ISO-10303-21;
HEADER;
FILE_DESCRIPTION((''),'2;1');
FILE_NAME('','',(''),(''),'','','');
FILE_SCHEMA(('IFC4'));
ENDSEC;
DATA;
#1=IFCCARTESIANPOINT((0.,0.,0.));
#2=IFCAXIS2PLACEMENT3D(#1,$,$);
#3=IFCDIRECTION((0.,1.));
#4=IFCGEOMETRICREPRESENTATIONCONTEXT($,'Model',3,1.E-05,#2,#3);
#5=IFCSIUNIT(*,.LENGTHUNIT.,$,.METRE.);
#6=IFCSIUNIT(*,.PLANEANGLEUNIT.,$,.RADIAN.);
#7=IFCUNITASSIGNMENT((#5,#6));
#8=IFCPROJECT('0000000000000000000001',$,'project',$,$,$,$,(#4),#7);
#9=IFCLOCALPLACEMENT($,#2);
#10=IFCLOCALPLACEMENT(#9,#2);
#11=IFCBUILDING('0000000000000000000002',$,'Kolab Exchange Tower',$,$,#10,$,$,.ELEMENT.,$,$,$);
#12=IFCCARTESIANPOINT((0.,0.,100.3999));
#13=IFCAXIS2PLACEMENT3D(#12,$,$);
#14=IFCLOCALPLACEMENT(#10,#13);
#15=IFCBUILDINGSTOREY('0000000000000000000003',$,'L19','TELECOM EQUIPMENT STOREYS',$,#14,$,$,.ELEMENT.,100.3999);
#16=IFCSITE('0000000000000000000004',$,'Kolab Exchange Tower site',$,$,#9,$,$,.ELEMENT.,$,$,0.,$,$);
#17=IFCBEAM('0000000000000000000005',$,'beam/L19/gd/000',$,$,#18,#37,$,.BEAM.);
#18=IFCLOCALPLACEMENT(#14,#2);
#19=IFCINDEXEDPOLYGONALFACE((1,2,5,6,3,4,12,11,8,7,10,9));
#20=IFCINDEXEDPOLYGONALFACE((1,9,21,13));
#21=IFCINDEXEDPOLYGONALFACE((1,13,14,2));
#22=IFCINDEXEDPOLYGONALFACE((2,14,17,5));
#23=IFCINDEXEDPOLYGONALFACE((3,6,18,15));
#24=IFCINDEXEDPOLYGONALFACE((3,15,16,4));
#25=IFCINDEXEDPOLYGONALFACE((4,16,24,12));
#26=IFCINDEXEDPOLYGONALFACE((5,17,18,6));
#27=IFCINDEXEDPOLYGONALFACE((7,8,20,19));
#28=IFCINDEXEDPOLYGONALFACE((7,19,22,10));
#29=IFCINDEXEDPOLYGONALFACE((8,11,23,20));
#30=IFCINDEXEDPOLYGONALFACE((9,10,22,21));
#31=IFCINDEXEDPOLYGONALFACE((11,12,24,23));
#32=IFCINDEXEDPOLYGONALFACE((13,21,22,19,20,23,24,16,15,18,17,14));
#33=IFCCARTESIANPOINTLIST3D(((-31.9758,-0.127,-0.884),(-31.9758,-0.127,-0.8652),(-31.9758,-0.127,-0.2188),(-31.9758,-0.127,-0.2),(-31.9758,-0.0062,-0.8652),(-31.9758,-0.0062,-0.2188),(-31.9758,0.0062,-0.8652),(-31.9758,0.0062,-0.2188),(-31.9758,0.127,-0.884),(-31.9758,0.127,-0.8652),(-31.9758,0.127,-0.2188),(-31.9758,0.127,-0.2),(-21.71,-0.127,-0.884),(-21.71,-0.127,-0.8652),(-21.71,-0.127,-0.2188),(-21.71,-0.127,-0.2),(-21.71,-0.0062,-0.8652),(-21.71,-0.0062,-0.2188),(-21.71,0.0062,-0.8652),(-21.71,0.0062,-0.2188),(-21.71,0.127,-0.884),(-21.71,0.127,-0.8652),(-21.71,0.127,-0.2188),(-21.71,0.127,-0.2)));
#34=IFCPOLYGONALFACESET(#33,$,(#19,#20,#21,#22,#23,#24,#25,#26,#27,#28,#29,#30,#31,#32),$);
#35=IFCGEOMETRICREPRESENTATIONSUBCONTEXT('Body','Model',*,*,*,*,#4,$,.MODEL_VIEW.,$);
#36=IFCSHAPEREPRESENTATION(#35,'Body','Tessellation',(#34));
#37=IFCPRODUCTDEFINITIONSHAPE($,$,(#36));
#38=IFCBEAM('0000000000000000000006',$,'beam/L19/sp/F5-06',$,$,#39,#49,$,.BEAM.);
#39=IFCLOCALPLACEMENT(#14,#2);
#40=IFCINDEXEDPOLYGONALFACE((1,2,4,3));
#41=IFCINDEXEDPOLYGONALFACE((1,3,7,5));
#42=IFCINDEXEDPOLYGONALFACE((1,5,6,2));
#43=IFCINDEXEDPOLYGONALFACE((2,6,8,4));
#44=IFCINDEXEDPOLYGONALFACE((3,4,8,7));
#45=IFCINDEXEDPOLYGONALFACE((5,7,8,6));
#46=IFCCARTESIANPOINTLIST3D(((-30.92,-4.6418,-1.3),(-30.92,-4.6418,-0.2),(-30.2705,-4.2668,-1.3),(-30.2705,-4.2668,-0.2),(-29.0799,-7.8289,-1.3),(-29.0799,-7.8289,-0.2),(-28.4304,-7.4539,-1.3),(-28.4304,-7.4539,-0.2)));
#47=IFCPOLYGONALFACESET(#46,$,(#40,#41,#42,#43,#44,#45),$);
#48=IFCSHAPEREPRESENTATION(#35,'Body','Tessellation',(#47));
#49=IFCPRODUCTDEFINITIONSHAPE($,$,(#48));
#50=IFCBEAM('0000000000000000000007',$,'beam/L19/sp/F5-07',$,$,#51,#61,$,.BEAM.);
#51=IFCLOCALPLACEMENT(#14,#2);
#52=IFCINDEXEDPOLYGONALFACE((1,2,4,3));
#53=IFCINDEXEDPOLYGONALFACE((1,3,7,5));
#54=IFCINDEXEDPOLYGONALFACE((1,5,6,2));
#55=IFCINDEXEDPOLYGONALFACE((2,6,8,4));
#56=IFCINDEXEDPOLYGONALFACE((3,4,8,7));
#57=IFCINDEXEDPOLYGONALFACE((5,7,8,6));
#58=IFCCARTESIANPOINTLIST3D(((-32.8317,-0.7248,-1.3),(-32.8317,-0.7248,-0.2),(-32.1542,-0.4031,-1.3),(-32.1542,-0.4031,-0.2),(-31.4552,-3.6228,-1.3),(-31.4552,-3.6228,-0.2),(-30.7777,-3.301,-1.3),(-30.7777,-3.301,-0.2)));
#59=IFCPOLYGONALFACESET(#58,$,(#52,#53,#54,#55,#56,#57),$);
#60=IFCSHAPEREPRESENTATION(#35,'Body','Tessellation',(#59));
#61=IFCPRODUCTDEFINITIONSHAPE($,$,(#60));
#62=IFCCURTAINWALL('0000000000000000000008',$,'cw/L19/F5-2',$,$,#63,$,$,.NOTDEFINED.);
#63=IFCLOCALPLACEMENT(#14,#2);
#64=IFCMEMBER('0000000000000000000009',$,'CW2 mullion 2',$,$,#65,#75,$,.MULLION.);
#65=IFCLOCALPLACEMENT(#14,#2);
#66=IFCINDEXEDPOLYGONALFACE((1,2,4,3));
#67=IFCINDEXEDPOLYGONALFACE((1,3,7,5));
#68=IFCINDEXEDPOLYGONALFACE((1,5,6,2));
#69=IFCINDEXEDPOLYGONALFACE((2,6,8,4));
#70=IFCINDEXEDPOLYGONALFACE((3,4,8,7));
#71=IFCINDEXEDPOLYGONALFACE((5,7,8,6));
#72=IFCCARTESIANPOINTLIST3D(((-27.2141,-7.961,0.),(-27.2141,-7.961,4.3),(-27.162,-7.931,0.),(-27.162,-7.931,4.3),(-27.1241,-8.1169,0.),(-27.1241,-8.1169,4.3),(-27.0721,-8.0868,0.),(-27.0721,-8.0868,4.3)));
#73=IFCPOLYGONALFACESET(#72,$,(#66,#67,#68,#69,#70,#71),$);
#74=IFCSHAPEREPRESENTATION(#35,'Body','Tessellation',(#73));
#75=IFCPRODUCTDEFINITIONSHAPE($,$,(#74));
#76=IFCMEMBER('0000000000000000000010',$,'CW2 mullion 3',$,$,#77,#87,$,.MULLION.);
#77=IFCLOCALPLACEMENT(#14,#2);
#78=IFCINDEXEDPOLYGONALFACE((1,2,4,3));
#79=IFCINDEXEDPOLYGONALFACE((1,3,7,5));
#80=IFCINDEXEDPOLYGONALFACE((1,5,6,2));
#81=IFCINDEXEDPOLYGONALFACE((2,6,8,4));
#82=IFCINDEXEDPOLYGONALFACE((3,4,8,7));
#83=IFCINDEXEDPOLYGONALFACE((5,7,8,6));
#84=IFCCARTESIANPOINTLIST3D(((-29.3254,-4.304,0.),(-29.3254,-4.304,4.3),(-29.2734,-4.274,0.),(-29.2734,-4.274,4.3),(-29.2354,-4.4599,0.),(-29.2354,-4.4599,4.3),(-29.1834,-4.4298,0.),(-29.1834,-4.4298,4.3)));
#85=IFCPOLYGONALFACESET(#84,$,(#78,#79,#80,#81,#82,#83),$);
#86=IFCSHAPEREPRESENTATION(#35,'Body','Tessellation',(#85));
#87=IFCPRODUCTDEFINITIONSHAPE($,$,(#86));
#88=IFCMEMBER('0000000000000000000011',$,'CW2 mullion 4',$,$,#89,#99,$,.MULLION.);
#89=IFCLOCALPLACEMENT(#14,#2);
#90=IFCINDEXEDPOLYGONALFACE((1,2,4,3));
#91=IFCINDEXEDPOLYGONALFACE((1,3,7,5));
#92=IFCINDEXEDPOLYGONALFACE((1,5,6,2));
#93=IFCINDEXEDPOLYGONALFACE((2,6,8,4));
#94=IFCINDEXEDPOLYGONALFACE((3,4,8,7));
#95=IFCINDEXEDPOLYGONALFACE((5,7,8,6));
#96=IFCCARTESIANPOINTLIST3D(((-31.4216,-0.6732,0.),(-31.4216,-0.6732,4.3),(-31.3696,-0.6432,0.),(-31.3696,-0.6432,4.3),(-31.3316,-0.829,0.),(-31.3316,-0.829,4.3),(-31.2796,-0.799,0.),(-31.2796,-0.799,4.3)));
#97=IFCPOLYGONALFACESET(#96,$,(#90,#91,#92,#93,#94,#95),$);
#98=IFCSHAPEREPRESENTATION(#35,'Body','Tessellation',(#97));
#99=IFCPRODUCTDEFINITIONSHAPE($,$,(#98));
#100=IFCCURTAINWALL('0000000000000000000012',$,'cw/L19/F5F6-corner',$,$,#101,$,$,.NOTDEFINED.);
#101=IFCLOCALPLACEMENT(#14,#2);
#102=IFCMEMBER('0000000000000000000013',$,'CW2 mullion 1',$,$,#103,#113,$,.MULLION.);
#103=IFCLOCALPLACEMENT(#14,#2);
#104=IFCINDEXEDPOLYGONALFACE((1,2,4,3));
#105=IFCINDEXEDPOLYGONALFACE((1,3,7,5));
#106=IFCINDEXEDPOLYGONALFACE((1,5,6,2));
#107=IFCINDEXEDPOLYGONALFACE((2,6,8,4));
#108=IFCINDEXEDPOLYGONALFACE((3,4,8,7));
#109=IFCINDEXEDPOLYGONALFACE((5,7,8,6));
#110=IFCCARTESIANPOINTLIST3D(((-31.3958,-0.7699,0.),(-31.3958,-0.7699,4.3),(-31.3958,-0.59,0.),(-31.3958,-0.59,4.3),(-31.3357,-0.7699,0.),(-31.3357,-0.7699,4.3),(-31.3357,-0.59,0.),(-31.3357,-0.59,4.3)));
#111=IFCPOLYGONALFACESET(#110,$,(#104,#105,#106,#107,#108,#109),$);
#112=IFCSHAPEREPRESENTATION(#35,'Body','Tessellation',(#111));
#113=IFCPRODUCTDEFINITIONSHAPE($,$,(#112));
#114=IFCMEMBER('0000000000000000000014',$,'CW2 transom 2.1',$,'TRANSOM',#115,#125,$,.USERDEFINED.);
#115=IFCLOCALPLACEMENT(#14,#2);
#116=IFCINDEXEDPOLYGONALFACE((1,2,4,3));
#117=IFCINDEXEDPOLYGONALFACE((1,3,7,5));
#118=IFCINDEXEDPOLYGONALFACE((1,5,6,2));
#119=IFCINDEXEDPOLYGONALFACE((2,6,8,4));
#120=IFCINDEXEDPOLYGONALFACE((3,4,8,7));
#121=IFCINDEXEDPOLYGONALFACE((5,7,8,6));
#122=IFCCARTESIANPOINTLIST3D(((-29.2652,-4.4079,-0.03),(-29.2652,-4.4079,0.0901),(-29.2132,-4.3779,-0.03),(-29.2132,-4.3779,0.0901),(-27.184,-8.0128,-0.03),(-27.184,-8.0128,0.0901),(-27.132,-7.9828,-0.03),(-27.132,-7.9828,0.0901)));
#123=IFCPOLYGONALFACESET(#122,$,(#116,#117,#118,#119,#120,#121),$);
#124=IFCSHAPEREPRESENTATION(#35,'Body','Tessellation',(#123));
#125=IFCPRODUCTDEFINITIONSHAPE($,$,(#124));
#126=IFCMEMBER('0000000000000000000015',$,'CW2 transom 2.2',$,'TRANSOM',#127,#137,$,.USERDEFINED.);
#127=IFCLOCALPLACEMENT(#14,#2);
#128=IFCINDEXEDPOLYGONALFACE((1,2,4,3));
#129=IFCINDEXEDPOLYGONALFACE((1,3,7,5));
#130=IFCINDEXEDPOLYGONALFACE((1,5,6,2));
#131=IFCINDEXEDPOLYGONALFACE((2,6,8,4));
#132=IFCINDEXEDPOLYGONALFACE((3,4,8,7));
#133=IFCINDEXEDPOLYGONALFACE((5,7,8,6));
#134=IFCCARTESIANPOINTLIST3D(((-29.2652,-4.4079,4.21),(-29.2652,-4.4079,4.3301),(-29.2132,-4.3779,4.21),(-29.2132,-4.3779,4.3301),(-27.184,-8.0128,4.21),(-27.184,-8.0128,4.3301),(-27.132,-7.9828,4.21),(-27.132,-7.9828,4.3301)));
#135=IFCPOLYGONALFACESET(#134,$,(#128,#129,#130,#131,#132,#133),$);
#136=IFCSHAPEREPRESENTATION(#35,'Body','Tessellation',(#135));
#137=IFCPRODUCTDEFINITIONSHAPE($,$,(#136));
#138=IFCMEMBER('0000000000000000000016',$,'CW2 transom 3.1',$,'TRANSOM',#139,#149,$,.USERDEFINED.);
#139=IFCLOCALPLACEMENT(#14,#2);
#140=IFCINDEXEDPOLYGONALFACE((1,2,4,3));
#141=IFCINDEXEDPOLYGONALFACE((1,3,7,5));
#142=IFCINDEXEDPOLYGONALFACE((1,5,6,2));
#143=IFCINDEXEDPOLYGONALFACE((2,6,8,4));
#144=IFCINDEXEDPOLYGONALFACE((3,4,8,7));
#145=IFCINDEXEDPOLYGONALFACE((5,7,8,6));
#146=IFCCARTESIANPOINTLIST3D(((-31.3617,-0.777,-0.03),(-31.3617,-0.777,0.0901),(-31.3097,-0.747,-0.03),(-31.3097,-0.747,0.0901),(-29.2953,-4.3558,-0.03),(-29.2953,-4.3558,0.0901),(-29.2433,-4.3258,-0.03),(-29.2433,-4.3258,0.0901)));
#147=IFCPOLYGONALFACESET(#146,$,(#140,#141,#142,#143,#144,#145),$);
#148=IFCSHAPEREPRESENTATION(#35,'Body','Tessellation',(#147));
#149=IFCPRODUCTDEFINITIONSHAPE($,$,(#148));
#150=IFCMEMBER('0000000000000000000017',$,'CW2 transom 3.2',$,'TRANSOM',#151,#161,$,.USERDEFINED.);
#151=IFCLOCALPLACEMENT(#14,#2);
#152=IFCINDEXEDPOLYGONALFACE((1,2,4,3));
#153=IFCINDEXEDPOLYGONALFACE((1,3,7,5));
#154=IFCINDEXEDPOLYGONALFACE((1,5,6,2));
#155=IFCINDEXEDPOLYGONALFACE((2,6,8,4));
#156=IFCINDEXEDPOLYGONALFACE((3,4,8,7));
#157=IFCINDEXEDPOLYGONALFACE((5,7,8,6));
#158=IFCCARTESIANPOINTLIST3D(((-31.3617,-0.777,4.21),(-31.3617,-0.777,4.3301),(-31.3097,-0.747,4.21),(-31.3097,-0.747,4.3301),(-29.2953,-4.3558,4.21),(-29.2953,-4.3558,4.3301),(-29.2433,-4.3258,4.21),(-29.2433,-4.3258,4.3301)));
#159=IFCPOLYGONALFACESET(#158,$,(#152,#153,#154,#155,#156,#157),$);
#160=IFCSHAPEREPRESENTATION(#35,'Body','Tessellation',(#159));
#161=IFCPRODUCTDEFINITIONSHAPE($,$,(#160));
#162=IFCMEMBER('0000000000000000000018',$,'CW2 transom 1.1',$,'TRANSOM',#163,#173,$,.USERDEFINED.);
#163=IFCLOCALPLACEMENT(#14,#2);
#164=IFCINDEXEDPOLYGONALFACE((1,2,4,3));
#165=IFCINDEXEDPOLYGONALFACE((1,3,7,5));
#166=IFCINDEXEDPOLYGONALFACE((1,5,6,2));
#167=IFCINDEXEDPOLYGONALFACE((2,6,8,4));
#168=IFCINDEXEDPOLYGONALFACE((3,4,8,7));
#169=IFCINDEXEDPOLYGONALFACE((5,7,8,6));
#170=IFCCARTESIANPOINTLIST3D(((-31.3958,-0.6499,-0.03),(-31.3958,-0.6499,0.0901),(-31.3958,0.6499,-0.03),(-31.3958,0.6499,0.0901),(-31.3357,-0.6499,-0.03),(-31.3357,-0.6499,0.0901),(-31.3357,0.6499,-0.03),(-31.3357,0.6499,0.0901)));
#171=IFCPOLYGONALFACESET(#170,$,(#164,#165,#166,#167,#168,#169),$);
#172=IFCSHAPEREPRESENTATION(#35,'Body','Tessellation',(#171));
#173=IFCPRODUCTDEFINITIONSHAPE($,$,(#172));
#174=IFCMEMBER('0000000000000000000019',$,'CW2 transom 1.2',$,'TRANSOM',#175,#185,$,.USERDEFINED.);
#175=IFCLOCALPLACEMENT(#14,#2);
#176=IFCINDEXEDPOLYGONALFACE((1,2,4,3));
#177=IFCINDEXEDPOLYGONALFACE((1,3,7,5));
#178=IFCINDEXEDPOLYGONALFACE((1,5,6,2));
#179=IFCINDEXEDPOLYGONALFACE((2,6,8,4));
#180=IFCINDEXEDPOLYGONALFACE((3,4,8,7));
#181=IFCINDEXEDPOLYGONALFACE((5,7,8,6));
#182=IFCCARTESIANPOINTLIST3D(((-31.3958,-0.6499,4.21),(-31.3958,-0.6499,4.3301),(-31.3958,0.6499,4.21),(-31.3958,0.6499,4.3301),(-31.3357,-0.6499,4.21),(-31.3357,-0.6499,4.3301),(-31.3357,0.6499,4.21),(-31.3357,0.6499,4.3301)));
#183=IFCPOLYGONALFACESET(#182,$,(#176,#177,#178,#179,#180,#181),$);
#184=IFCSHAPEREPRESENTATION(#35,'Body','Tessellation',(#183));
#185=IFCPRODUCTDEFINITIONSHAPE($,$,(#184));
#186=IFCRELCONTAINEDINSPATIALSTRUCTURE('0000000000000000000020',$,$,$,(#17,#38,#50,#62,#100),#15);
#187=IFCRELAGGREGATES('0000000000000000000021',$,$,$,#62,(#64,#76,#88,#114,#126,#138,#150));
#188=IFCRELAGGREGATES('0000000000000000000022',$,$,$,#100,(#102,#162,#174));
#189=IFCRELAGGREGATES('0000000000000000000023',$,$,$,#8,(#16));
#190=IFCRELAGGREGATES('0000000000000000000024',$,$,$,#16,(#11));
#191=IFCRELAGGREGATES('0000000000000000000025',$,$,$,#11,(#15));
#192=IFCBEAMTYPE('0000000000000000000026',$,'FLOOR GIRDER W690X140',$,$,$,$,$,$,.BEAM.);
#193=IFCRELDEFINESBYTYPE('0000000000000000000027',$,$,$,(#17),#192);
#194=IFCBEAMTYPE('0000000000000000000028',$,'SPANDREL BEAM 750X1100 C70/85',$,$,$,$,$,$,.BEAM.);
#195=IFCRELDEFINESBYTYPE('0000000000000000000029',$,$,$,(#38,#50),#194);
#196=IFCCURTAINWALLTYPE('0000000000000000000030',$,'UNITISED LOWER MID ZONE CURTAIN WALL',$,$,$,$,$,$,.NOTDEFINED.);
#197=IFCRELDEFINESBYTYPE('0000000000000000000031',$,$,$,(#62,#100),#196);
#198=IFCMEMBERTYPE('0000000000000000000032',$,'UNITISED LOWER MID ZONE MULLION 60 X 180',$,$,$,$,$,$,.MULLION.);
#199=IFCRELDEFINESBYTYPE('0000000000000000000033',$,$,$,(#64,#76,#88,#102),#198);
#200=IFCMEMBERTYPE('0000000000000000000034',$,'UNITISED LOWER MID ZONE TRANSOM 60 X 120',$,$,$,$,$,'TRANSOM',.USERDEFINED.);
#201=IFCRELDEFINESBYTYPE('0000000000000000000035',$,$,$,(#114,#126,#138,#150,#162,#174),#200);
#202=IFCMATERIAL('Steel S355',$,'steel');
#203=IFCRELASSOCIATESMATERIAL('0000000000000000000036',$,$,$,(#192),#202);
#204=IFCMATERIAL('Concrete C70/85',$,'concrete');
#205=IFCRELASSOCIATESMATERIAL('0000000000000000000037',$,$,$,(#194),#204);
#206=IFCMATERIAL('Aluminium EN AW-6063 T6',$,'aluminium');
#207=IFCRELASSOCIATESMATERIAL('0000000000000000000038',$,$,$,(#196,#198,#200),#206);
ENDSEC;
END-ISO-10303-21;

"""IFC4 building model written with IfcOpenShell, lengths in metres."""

from ifc_helpers import new_model, si_unit, direction, frame, origin, origin_2d, place, context, subcontext, project, spatial, rectangle, i_section, extrude, material, material_profile, profile_set, type_object, element, aggregate, save


model = new_model("IFC4")

# Units and contexts
model_context = context("Model", 3, precision=1e-05, world=origin(), true_north=direction((0.0, 1.0)))
body_context = subcontext(model_context, "Body", "Model", "MODEL_VIEW")
ifc_project = project(units=[si_unit("LENGTHUNIT", "METRE"), si_unit("PLANEANGLEUNIT", "RADIAN")], contexts=[model_context])

# Site, building, storey
site_placement = place(None, origin())
site = spatial("IfcSite", under=ifc_project, at=site_placement, Name="Kolab Exchange Tower site", CompositionType="ELEMENT", RefElevation=0.0)
building_placement = place(site_placement, origin())
building = spatial("IfcBuilding", under=site, at=building_placement, Name="Kolab Exchange Tower", CompositionType="ELEMENT")
storey_placement = place(building_placement, frame((0.0, 0.0, 100.3999)))
storey = spatial("IfcBuildingStorey", under=building, at=storey_placement, Name="L19", Description="TELECOM EQUIPMENT STOREYS", CompositionType="ELEMENT", Elevation=100.3999)

# Shared definitions
ifc_material_1 = material(Name="Concrete C70/85", Category="concrete")

# Beams
ifc_material_2 = material(Name="Steel S355", Category="steel")
ifc_material_profile_1 = material_profile(ifc_material_2, i_section(OverallWidth=0.2539, OverallDepth=0.6841, WebThickness=0.0125, FlangeThickness=0.0188, at=origin_2d()), Name="W690X140")
ifc_profile_set_1 = profile_set([ifc_material_profile_1], Name="Steel S355")
beam_type_1 = type_object("IfcBeamType", Name="FLOOR GIRDER W690X140", PredefinedType="BEAM", material=ifc_profile_set_1)
beam_1_placement = place(storey_placement, frame((-31.9758, 0.0, -0.542), z_axis=(1.0, 0.0, 0.0), x_axis=(0.0, 1.0, 0.0)))
element("IfcBeam", 1, at=beam_1_placement, inside=storey, type_object=beam_type_1, Name="beam/L19/gd/000", PredefinedType="BEAM", context=body_context, shape_type="SweptSolid", body=[
    extrude(i_section(OverallWidth=0.2539, OverallDepth=0.6841, WebThickness=0.0125, FlangeThickness=0.0188, at=origin_2d()), origin(), (0.0, 0.0, 1.0), 10.2659),
])
ifc_material_profile_2 = material_profile(ifc_material_1, rectangle(XDim=0.75, YDim=1.1001, at=origin_2d()), Name="RC750X1100")
ifc_profile_set_2 = profile_set([ifc_material_profile_2], Name="Concrete C70/85")
beam_type_2 = type_object("IfcBeamType", Name="SPANDREL BEAM 750X1100 C70/85", PredefinedType="BEAM", material=ifc_profile_set_2)
beam_2_placement = place(storey_placement, frame((-28.7551, -7.6414, -0.75), z_axis=(-0.500013, 0.866018, 0.0), x_axis=(-0.866018, -0.500013, 0.0)))
element("IfcBeam", 2, at=beam_2_placement, inside=storey, type_object=beam_type_2, Name="beam/L19/sp/F5-06", PredefinedType="BEAM", context=body_context, shape_type="SweptSolid", body=[
    extrude(rectangle(XDim=0.75, YDim=1.1001, at=origin_2d()), origin(), (0.0, 0.0, 1.0), 3.6802),
])
beam_3_placement = place(storey_placement, frame((-31.1165, -3.4619, -0.75), z_axis=(-0.429041, 0.903285, 0.0), x_axis=(-0.903285, -0.429041, 0.0)))
element("IfcBeam", 3, at=beam_3_placement, inside=storey, type_object=beam_type_2, Name="beam/L19/sp/F5-07", PredefinedType="BEAM", context=body_context, shape_type="SweptSolid", body=[
    extrude(rectangle(XDim=0.75, YDim=1.1001, at=origin_2d()), origin(), (0.0, 0.0, 1.0), 3.2083),
])

# Curtain wall, members
ifc_material_3 = material(Name="Aluminium EN AW-6063 T6", Category="aluminium")
curtain_wall_type = type_object("IfcCurtainWallType", Name="UNITISED LOWER MID ZONE CURTAIN WALL", PredefinedType="NOTDEFINED", material=ifc_material_3)
curtain_wall_1_placement = place(storey_placement, origin())
curtain_wall_1 = element("IfcCurtainWall", 4, at=curtain_wall_1_placement, inside=storey, type_object=curtain_wall_type, Name="cw/L19/F5-2", PredefinedType="NOTDEFINED")
ifc_material_profile_3 = material_profile(ifc_material_3, rectangle(XDim=0.0601, YDim=0.1799, at=origin_2d()), Name="RECT 60X180")
ifc_profile_set_3 = profile_set([ifc_material_profile_3], Name="Aluminium EN AW-6063 T6")
member_type_1 = type_object("IfcMemberType", Name="UNITISED LOWER MID ZONE MULLION 60 X 180", PredefinedType="MULLION", material=ifc_profile_set_3)
member_1_placement = place(storey_placement, frame((-27.1431, -8.0239, 0.0), z_axis=(0.0, 0.0, 1.0), x_axis=(-0.866025, -0.5, 0.0)))
member_1 = element("IfcMember", 5, at=member_1_placement, type_object=member_type_1, Name="CW2 mullion 2", PredefinedType="MULLION", context=body_context, shape_type="SweptSolid", body=[
    extrude(rectangle(XDim=0.0601, YDim=0.1799, at=origin_2d()), origin(), (0.0, 0.0, 1.0), 4.3),
])
member_2_placement = place(storey_placement, frame((-29.2544, -4.3669, 0.0), z_axis=(0.0, 0.0, 1.0), x_axis=(-0.866025, -0.5, 0.0)))
member_2 = element("IfcMember", 6, at=member_2_placement, type_object=member_type_1, Name="CW2 mullion 3", PredefinedType="MULLION", context=body_context, shape_type="SweptSolid", body=[
    extrude(rectangle(XDim=0.0601, YDim=0.1799, at=origin_2d()), origin(), (0.0, 0.0, 1.0), 4.3),
])
member_3_placement = place(storey_placement, frame((-31.3506, -0.7361, 0.0), z_axis=(0.0, 0.0, 1.0), x_axis=(-0.866025, -0.5, 0.0)))
member_3 = element("IfcMember", 7, at=member_3_placement, type_object=member_type_1, Name="CW2 mullion 4", PredefinedType="MULLION", context=body_context, shape_type="SweptSolid", body=[
    extrude(rectangle(XDim=0.0601, YDim=0.1799, at=origin_2d()), origin(), (0.0, 0.0, 1.0), 4.3),
])

# Curtain wall, member
curtain_wall_2_placement = place(storey_placement, origin())
curtain_wall_2 = element("IfcCurtainWall", 8, at=curtain_wall_2_placement, inside=storey, type_object=curtain_wall_type, Name="cw/L19/F5F6-corner", PredefinedType="NOTDEFINED")
member_4_placement = place(storey_placement, frame((-31.3657, -0.6799, 0.0), z_axis=(0.0, 0.0, 1.0), x_axis=(-1.0, 0.0, 0.0)))
member_4 = element("IfcMember", 9, at=member_4_placement, type_object=member_type_1, Name="CW2 mullion 1", PredefinedType="MULLION", context=body_context, shape_type="SweptSolid", body=[
    extrude(rectangle(XDim=0.0601, YDim=0.1799, at=origin_2d()), origin(), (0.0, 0.0, 1.0), 4.3),
])

# Members
ifc_material_profile_4 = material_profile(ifc_material_3, rectangle(XDim=0.0601, YDim=0.1201, at=origin_2d()), Name="RECT 60X120")
ifc_profile_set_4 = profile_set([ifc_material_profile_4], Name="Aluminium EN AW-6063 T6")
member_type_2 = type_object("IfcMemberType", Name="UNITISED LOWER MID ZONE TRANSOM 60 X 120", ElementType="TRANSOM", PredefinedType="USERDEFINED", material=ifc_profile_set_4)
member_5_placement = place(storey_placement, frame((-27.158, -7.9978, 0.03), z_axis=(-0.499993, 0.866029, 0.0), x_axis=(-0.866029, -0.499993, 0.0)))
member_5 = element("IfcMember", 10, at=member_5_placement, type_object=member_type_2, Name="CW2 transom 2.1", ObjectType="TRANSOM", PredefinedType="USERDEFINED", context=body_context, shape_type="SweptSolid", body=[
    extrude(rectangle(XDim=0.0601, YDim=0.1201, at=origin_2d()), origin(), (0.0, 0.0, 1.0), 4.1626),
])
member_6_placement = place(storey_placement, frame((-27.158, -7.9978, 4.27), z_axis=(-0.499993, 0.866029, 0.0), x_axis=(-0.866029, -0.499993, 0.0)))
member_6 = element("IfcMember", 11, at=member_6_placement, type_object=member_type_2, Name="CW2 transom 2.2", ObjectType="TRANSOM", PredefinedType="USERDEFINED", context=body_context, shape_type="SweptSolid", body=[
    extrude(rectangle(XDim=0.0601, YDim=0.1201, at=origin_2d()), origin(), (0.0, 0.0, 1.0), 4.1626),
])
member_7_placement = place(storey_placement, frame((-29.2693, -4.3408, 0.03), z_axis=(-0.500028, 0.866009, 0.0), x_axis=(-0.866009, -0.500028, 0.0)))
member_7 = element("IfcMember", 12, at=member_7_placement, type_object=member_type_2, Name="CW2 transom 3.1", ObjectType="TRANSOM", PredefinedType="USERDEFINED", context=body_context, shape_type="SweptSolid", body=[
    extrude(rectangle(XDim=0.0601, YDim=0.1201, at=origin_2d()), origin(), (0.0, 0.0, 1.0), 4.1326),
])
member_8_placement = place(storey_placement, frame((-29.2693, -4.3408, 4.27), z_axis=(-0.500028, 0.866009, 0.0), x_axis=(-0.866009, -0.500028, 0.0)))
member_8 = element("IfcMember", 13, at=member_8_placement, type_object=member_type_2, Name="CW2 transom 3.2", ObjectType="TRANSOM", PredefinedType="USERDEFINED", context=body_context, shape_type="SweptSolid", body=[
    extrude(rectangle(XDim=0.0601, YDim=0.1201, at=origin_2d()), origin(), (0.0, 0.0, 1.0), 4.1326),
])
member_9_placement = place(storey_placement, frame((-31.3657, -0.6499, 0.03), z_axis=(0.0, 1.0, 0.0), x_axis=(-1.0, 0.0, 0.0)))
member_9 = element("IfcMember", 14, at=member_9_placement, type_object=member_type_2, Name="CW2 transom 1.1", ObjectType="TRANSOM", PredefinedType="USERDEFINED", context=body_context, shape_type="SweptSolid", body=[
    extrude(rectangle(XDim=0.0601, YDim=0.1201, at=origin_2d()), origin(), (0.0, 0.0, 1.0), 1.2998),
])
member_10_placement = place(storey_placement, frame((-31.3657, -0.6499, 4.27), z_axis=(0.0, 1.0, 0.0), x_axis=(-1.0, 0.0, 0.0)))
member_10 = element("IfcMember", 15, at=member_10_placement, type_object=member_type_2, Name="CW2 transom 1.2", ObjectType="TRANSOM", PredefinedType="USERDEFINED", context=body_context, shape_type="SweptSolid", body=[
    extrude(rectangle(XDim=0.0601, YDim=0.1201, at=origin_2d()), origin(), (0.0, 0.0, 1.0), 1.2998),
])

aggregate(curtain_wall_1, [member_1, member_2, member_3, member_5, member_6, member_7, member_8])
aggregate(curtain_wall_2, [member_4, member_9, member_10])

save(model, "model.ifc")
